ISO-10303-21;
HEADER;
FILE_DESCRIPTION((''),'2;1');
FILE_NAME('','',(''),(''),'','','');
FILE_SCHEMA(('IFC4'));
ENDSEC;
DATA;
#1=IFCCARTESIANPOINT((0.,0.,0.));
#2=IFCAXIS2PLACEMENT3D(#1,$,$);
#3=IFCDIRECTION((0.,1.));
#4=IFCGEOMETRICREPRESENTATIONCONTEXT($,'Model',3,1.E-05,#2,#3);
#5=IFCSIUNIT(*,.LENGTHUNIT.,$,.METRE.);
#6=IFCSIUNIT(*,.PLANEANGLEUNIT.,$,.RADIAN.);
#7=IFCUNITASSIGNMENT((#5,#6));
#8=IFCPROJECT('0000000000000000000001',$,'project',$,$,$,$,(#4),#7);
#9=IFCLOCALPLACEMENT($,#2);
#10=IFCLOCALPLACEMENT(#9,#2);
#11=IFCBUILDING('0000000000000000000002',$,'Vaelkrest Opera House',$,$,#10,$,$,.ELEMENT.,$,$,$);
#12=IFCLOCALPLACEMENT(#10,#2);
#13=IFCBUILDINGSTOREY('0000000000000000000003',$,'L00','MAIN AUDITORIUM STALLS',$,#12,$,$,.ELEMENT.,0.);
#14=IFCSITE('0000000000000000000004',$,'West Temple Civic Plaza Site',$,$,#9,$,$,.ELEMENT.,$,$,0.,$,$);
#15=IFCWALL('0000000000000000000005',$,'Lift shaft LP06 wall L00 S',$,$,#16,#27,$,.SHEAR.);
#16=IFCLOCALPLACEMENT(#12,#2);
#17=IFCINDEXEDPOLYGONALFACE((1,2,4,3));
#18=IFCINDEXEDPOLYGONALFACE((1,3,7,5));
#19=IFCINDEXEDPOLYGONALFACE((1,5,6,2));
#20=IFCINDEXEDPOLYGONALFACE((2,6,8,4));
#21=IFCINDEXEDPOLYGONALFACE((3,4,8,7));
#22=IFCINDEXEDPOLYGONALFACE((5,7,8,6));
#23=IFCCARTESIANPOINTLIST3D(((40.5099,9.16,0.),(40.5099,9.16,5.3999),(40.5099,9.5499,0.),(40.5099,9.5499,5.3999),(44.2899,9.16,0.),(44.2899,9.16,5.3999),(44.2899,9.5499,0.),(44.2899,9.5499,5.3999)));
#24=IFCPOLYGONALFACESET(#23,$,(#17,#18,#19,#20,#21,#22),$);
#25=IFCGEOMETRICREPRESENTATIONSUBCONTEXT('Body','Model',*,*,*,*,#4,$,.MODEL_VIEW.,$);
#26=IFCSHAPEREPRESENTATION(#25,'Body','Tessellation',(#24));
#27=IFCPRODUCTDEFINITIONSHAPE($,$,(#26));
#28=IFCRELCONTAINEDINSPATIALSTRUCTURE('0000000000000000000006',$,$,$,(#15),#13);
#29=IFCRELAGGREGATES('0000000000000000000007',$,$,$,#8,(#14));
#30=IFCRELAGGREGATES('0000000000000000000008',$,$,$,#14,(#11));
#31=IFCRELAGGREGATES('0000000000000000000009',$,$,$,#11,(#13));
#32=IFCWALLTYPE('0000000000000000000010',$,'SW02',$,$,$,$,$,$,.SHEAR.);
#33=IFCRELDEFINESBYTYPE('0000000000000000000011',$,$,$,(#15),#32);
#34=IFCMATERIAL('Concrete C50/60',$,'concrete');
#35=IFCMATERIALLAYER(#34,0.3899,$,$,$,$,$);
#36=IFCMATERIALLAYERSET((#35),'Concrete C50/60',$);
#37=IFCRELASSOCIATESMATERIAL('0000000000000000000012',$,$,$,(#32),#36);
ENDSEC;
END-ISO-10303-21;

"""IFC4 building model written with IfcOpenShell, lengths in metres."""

from ifc_helpers import new_model, si_unit, direction, frame, frame_2d, origin, place, context, subcontext, project, spatial, rectangle, extrude, material, layer, layer_set, type_object, element, save


model = new_model("IFC4")

# Units and contexts
model_context = context("Model", 3, precision=1e-05, world=origin(), true_north=direction((0.0, 1.0)))
body_context = subcontext(model_context, "Body", "Model", "MODEL_VIEW")
ifc_project = project(units=[si_unit("LENGTHUNIT", "METRE"), si_unit("PLANEANGLEUNIT", "RADIAN")], contexts=[model_context])

# Site, building, storey
site_placement = place(None, origin())
site = spatial("IfcSite", under=ifc_project, at=site_placement, Name="West Temple Civic Plaza Site", CompositionType="ELEMENT", RefElevation=0.0)
building_placement = place(site_placement, origin())
building = spatial("IfcBuilding", under=site, at=building_placement, Name="Vaelkrest Opera House", CompositionType="ELEMENT")
storey_placement = place(building_placement, origin())
storey = spatial("IfcBuildingStorey", under=building, at=storey_placement, Name="L00", Description="MAIN AUDITORIUM STALLS", CompositionType="ELEMENT", Elevation=0.0)

# Shared definitions
ifc_material_1 = material(Name="Concrete C50/60", Category="concrete")

# Wall
ifc_layer_1 = layer(ifc_material_1, 0.3899)
ifc_layer_set_1 = layer_set([ifc_layer_1], Name="Concrete C50/60")
wall_type_1 = type_object("IfcWallType", Name="SW02", PredefinedType="SHEAR", material=ifc_layer_set_1)
wall_1_placement = place(storey_placement, frame((44.29, 9.355, 0.0), z_axis=(0.0, 0.0, 1.0), x_axis=(-1.0, 0.0, 0.0)))
element("IfcWall", 1, at=wall_1_placement, inside=storey, type_object=wall_type_1, Name="Lift shaft LP06 wall L00 S", PredefinedType="SHEAR", context=body_context, shape_type="SweptSolid", body=[
    extrude(rectangle(XDim=3.78, YDim=0.3899, at=frame_2d((1.8901, 0.0))), origin(), (0.0, 0.0, 1.0), 5.3999),
])

save(model, "model.ifc")
